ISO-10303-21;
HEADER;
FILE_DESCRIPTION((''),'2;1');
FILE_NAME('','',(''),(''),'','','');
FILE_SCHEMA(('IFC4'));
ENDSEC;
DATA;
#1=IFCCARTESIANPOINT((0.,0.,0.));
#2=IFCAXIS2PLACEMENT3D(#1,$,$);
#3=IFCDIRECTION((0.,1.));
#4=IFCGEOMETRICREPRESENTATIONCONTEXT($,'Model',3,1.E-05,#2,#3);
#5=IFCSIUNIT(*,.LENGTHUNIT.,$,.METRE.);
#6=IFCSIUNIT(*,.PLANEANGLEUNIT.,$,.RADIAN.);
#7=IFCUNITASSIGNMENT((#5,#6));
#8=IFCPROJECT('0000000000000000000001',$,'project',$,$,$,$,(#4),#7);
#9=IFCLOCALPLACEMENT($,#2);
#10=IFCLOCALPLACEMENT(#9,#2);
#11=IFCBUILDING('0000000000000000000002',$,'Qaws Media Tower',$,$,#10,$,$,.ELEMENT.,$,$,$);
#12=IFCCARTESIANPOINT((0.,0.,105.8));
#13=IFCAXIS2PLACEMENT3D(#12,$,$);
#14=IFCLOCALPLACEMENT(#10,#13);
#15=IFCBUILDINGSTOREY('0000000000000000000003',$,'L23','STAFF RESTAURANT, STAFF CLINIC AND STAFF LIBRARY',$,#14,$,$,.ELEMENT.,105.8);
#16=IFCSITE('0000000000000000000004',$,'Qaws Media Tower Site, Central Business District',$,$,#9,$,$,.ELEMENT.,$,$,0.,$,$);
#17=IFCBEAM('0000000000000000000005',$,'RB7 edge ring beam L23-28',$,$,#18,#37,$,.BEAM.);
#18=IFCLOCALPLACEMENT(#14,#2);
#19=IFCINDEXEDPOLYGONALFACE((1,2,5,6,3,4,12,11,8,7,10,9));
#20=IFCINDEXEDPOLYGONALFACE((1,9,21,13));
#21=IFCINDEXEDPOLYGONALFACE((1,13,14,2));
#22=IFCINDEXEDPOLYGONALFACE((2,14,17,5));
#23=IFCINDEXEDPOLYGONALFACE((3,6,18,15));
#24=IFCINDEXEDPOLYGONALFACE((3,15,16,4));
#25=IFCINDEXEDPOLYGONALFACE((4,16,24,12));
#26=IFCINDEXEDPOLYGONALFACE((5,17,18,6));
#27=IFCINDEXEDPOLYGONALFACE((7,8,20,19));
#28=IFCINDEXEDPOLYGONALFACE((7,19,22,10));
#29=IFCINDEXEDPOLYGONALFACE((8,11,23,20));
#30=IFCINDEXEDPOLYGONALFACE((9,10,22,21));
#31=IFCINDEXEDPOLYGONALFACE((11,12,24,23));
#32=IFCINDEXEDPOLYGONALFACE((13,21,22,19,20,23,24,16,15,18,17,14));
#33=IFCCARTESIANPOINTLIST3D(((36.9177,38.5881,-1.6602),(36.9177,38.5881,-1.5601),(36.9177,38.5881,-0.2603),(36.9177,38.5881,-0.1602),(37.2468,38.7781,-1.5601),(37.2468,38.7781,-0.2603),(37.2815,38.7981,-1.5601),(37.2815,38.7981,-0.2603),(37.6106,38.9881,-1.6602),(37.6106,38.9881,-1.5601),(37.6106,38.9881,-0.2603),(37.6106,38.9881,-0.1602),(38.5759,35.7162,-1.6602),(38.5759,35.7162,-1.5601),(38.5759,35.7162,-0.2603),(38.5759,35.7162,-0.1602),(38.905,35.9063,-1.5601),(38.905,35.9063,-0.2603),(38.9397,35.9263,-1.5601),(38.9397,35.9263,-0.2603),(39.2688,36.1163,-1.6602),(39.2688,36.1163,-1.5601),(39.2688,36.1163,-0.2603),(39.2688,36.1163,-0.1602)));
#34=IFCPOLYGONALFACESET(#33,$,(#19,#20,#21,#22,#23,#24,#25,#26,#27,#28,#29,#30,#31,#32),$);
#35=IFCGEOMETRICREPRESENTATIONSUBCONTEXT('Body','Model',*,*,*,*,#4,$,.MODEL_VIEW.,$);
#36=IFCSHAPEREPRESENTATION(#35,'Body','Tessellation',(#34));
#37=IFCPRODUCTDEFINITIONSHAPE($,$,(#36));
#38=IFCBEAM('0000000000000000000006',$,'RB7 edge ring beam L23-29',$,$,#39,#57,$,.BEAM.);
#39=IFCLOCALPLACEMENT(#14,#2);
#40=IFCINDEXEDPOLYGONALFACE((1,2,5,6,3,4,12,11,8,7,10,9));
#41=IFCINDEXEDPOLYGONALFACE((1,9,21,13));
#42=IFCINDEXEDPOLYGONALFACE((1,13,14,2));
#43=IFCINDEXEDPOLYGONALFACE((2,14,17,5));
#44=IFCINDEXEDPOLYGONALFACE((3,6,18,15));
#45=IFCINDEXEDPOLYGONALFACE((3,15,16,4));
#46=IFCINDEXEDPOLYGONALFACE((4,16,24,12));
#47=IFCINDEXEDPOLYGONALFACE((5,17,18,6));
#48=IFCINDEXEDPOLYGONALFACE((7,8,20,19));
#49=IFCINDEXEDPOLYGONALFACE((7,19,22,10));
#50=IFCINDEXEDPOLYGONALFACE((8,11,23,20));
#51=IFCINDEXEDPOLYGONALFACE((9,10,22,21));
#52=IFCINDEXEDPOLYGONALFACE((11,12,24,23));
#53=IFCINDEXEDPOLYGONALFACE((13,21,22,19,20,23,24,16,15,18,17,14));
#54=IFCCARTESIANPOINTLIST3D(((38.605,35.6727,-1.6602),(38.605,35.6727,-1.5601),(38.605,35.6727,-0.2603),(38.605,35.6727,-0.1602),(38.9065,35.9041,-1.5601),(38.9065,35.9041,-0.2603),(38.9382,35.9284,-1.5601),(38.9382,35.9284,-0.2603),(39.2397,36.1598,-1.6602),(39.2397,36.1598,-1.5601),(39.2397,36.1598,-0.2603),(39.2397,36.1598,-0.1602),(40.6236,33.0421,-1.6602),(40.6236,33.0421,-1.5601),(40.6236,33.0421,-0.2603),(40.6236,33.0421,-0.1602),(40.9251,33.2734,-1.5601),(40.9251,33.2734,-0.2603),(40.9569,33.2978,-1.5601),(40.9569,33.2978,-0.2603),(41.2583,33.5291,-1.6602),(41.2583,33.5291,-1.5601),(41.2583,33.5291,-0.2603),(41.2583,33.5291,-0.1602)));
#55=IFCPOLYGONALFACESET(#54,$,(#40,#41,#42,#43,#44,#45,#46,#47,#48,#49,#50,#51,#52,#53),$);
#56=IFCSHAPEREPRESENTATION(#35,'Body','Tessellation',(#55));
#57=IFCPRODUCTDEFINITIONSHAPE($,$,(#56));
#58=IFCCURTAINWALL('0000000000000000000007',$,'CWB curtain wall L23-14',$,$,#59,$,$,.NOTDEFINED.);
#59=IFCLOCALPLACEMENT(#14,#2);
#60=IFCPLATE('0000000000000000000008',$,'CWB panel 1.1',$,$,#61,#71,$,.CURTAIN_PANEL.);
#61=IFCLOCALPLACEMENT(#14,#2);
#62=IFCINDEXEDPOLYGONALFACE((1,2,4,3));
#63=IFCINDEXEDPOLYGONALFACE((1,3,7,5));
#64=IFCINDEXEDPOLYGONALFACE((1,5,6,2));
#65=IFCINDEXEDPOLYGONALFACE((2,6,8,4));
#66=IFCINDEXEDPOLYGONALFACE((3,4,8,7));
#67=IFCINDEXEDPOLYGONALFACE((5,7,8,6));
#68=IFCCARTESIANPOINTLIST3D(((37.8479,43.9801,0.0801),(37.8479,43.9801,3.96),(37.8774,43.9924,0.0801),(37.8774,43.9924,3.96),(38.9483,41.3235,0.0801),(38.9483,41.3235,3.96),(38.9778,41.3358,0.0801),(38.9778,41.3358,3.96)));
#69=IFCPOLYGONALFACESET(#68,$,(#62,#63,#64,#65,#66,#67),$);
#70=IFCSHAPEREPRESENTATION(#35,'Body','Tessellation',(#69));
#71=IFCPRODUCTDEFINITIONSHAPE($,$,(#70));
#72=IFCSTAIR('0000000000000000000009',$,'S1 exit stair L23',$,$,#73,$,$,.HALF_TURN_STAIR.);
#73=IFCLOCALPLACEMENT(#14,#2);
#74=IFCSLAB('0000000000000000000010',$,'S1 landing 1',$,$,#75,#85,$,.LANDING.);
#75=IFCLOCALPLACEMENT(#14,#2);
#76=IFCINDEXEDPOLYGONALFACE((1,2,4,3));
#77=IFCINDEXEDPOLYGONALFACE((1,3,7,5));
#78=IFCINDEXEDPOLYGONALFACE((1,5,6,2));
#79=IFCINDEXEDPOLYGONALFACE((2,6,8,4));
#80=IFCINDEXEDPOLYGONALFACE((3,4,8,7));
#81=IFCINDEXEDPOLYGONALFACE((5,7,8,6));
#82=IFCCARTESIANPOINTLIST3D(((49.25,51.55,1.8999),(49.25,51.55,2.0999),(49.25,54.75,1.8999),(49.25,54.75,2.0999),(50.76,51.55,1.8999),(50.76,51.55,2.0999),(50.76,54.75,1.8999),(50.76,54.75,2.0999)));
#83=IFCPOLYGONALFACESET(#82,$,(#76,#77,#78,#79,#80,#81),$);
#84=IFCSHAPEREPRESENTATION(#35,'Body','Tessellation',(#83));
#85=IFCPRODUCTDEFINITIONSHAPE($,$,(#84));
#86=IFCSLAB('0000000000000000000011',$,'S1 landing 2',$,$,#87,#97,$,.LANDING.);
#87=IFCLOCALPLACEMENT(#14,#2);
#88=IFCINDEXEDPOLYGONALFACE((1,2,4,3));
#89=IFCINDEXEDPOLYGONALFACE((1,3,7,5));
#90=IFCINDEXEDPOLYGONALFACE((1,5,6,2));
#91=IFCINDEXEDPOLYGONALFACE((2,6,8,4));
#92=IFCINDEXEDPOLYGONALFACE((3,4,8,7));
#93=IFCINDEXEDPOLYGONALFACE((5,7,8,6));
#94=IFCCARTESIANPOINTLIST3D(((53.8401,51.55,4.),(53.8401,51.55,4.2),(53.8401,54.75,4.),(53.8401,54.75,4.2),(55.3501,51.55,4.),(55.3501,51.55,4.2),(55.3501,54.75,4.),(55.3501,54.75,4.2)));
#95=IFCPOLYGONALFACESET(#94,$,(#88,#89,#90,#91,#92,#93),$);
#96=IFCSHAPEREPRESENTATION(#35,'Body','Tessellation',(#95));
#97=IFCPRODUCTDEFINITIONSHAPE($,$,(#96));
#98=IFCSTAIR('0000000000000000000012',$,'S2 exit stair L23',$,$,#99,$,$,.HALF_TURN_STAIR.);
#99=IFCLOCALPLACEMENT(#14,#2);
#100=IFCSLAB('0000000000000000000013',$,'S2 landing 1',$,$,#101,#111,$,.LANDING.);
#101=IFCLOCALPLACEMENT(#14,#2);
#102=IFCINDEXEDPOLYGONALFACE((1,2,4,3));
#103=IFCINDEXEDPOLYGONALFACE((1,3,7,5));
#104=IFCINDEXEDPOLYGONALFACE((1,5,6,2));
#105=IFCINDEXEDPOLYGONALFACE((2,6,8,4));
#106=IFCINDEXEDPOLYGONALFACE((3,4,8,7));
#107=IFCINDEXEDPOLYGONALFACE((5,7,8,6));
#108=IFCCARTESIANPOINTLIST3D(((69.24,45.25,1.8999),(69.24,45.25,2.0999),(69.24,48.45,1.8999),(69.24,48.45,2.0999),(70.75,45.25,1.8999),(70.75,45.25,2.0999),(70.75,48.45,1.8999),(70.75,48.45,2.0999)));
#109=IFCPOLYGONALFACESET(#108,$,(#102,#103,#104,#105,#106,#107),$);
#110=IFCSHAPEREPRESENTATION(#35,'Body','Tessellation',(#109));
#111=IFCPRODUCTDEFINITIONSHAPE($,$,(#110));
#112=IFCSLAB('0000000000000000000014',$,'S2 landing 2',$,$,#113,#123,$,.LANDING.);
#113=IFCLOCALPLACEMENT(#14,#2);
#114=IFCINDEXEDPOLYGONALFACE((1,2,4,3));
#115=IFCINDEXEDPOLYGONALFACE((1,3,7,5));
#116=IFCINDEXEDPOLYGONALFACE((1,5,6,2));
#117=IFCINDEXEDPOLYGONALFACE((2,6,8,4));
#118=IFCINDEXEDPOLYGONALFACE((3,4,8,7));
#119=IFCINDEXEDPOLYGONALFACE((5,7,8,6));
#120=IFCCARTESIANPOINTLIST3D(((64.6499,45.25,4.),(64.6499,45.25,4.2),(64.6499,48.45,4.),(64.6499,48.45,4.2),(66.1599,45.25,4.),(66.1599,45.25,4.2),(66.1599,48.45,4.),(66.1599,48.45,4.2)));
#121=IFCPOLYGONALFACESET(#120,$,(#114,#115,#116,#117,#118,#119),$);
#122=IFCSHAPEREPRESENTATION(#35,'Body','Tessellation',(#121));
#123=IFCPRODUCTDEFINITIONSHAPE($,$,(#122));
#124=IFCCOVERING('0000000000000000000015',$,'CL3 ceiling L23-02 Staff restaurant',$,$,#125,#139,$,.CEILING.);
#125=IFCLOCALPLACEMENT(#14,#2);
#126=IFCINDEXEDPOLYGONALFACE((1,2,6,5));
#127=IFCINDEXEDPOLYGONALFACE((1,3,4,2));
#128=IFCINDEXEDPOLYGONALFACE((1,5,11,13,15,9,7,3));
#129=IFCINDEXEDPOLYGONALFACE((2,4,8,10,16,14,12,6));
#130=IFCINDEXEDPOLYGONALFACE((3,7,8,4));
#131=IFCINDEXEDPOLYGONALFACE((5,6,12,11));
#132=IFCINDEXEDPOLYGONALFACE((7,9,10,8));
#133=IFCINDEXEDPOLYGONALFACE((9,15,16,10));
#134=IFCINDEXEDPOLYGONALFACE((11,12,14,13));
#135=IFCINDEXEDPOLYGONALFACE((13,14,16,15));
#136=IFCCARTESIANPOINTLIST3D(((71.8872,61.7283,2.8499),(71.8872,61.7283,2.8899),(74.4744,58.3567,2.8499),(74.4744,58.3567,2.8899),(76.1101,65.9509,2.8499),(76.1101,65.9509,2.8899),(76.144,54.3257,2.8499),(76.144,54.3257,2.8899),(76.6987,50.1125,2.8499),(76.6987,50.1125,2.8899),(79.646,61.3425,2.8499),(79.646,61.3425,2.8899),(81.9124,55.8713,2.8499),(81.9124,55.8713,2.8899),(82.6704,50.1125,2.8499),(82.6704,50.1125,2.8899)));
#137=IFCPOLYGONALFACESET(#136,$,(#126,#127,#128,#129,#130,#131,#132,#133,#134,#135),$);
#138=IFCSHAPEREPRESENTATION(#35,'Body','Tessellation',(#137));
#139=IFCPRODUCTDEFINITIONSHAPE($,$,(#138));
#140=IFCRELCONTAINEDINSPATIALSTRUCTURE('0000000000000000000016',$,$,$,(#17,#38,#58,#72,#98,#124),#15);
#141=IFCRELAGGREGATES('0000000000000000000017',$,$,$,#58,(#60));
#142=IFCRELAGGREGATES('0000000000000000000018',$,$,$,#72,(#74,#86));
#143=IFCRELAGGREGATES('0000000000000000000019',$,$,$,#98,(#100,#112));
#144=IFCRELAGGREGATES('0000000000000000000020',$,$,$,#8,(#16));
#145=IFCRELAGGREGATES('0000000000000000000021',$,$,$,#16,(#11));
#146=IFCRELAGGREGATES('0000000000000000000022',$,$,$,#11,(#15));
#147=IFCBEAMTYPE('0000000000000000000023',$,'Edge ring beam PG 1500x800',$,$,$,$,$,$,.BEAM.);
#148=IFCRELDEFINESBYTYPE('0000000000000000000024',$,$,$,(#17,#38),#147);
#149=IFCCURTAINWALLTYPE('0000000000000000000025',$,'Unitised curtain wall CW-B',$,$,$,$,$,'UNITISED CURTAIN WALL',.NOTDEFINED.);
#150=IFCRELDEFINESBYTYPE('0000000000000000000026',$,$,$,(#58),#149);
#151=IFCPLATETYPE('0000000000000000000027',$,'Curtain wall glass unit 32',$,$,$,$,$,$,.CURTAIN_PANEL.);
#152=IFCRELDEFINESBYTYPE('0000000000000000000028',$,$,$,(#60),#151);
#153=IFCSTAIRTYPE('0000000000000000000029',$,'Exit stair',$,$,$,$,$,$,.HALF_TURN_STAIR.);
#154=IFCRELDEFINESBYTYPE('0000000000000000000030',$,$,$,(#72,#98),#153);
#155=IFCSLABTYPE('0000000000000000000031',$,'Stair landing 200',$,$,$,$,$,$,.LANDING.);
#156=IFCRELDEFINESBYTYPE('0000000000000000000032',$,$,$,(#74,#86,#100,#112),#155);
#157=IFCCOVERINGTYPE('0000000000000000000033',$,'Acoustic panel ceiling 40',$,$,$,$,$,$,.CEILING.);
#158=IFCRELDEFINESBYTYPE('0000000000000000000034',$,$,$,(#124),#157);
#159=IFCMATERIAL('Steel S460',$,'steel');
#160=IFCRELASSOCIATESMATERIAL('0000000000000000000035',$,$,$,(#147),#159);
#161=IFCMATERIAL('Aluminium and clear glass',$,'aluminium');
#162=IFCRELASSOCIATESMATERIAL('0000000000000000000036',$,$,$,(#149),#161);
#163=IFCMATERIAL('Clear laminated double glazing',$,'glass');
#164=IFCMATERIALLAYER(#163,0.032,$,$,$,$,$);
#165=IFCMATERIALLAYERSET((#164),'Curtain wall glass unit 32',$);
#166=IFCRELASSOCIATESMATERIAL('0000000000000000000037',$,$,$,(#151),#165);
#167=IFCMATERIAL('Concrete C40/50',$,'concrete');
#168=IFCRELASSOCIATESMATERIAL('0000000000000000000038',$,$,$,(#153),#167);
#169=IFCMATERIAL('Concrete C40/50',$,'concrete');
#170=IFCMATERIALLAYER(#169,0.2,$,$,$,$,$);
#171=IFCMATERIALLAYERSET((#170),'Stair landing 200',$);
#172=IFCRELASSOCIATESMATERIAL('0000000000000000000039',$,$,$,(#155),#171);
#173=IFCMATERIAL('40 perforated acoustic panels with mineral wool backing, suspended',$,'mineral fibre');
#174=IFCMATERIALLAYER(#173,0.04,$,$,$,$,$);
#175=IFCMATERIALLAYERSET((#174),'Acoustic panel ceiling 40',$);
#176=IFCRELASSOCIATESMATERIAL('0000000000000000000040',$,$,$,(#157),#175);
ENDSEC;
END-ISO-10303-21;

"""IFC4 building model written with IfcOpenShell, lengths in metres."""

from ifc_helpers import new_model, si_unit, direction, frame, origin, origin_2d, place, context, subcontext, project, spatial, polyline, rectangle, i_section, outline, extrude, material, layer, layer_set, material_profile, profile_set, type_object, element, aggregate, save


model = new_model("IFC4")

# Units and contexts
model_context = context("Model", 3, precision=1e-05, world=origin(), true_north=direction((0.0, 1.0)))
body_context = subcontext(model_context, "Body", "Model", "MODEL_VIEW")
ifc_project = project(units=[si_unit("LENGTHUNIT", "METRE"), si_unit("PLANEANGLEUNIT", "RADIAN")], contexts=[model_context])

# Site, building, storey
site_placement = place(None, origin())
site = spatial("IfcSite", under=ifc_project, at=site_placement, Name="Qaws Media Tower Site, Central Business District", CompositionType="ELEMENT", RefElevation=0.0)
building_placement = place(site_placement, origin())
building = spatial("IfcBuilding", under=site, at=building_placement, Name="Qaws Media Tower", CompositionType="ELEMENT")
storey_placement = place(building_placement, frame((0.0, 0.0, 105.8)))
storey = spatial("IfcBuildingStorey", under=building, at=storey_placement, Name="L23", Description="STAFF RESTAURANT, STAFF CLINIC AND STAFF LIBRARY", CompositionType="ELEMENT", Elevation=105.8)

# Beams
ifc_material_1 = material(Name="Steel S460", Category="steel")
ifc_material_profile_1 = material_profile(ifc_material_1, i_section(OverallWidth=0.8, OverallDepth=1.5, WebThickness=0.04, FlangeThickness=0.1001, at=origin_2d()), Name="PG 1500x800")
ifc_profile_set_1 = profile_set([ifc_material_profile_1], Name="Steel S460")
beam_type = type_object("IfcBeamType", Name="Edge ring beam PG 1500x800", PredefinedType="BEAM", material=ifc_profile_set_1)
beam_1_placement = place(storey_placement, frame((37.2642, 38.7881, -0.9102), z_axis=(0.500035, -0.866005, 0.0), x_axis=(0.866005, 0.500035, 0.0)))
element("IfcBeam", 1, at=beam_1_placement, inside=storey, type_object=beam_type, Name="RB7 edge ring beam L23-28", PredefinedType="BEAM", context=body_context, shape_type="SweptSolid", body=[
    extrude(i_section(OverallWidth=0.8, OverallDepth=1.5, WebThickness=0.04, FlangeThickness=0.1001, at=origin_2d()), origin(), (0.0, 0.0, 1.0), 3.3162),
])
beam_2_placement = place(storey_placement, frame((38.9224, 35.9163, -0.9102), z_axis=(0.608764, -0.793352, 0.0), x_axis=(0.793352, 0.608764, 0.0)))
element("IfcBeam", 2, at=beam_2_placement, inside=storey, type_object=beam_type, Name="RB7 edge ring beam L23-29", PredefinedType="BEAM", context=body_context, shape_type="SweptSolid", body=[
    extrude(i_section(OverallWidth=0.8, OverallDepth=1.5, WebThickness=0.04, FlangeThickness=0.1001, at=origin_2d()), origin(), (0.0, 0.0, 1.0), 3.3159),
])

# Curtain wall, plate
ifc_material_2 = material(Name="Aluminium and clear glass", Category="aluminium")
curtain_wall_type = type_object("IfcCurtainWallType", Name="Unitised curtain wall CW-B", ElementType="UNITISED CURTAIN WALL", PredefinedType="NOTDEFINED", material=ifc_material_2)
curtain_wall_placement = place(storey_placement, origin())
curtain_wall = element("IfcCurtainWall", 3, at=curtain_wall_placement, inside=storey, type_object=curtain_wall_type, Name="CWB curtain wall L23-14", PredefinedType="NOTDEFINED")
ifc_material_3 = material(Name="Clear laminated double glazing", Category="glass")
ifc_layer_1 = layer(ifc_material_3, 0.032)
ifc_layer_set_1 = layer_set([ifc_layer_1], Name="Curtain wall glass unit 32")
plate_type = type_object("IfcPlateType", Name="Curtain wall glass unit 32", PredefinedType="CURTAIN_PANEL", material=ifc_layer_set_1)
plate_placement = place(storey_placement, frame((38.4128, 42.658, 0.0801), z_axis=(0.0, 0.0, 1.0), x_axis=(0.382683, -0.92388, 0.0)))
plate = element("IfcPlate", 4, at=plate_placement, type_object=plate_type, Name="CWB panel 1.1", PredefinedType="CURTAIN_PANEL", context=body_context, shape_type="SweptSolid", body=[
    extrude(rectangle(XDim=2.8755, YDim=0.032, at=origin_2d()), origin(), (0.0, 0.0, 1.0), 3.8799),
])
aggregate(curtain_wall, [plate])

# Stairs, slabs
ifc_material_4 = material(Name="Concrete C40/50", Category="concrete")
stair_type = type_object("IfcStairType", Name="Exit stair", PredefinedType="HALF_TURN_STAIR", material=ifc_material_4)
stair_1_placement = place(storey_placement, origin())
stair_1 = element("IfcStair", 5, at=stair_1_placement, inside=storey, type_object=stair_type, Name="S1 exit stair L23", PredefinedType="HALF_TURN_STAIR")
ifc_material_5 = material(Name="Concrete C40/50", Category="concrete")
ifc_layer_2 = layer(ifc_material_5, 0.2)
ifc_layer_set_2 = layer_set([ifc_layer_2], Name="Stair landing 200")
slab_type = type_object("IfcSlabType", Name="Stair landing 200", PredefinedType="LANDING", material=ifc_layer_set_2)
slab_1_placement = place(storey_placement, frame((0.0, 0.0, 1.8999)))
slab_1 = element("IfcSlab", 6, at=slab_1_placement, type_object=slab_type, Name="S1 landing 1", PredefinedType="LANDING", context=body_context, shape_type="SweptSolid", body=[
    extrude(outline(polyline([(49.25, 51.55), (50.76, 51.55), (50.76, 54.75), (49.25, 54.75), (49.25, 51.55)])), origin(), (0.0, 0.0, 1.0), 0.2),
])
slab_2_placement = place(storey_placement, frame((0.0, 0.0, 4.0)))
slab_2 = element("IfcSlab", 7, at=slab_2_placement, type_object=slab_type, Name="S1 landing 2", PredefinedType="LANDING", context=body_context, shape_type="SweptSolid", body=[
    extrude(outline(polyline([(53.8401, 51.55), (55.3501, 51.55), (55.3501, 54.75), (53.8401, 54.75), (53.8401, 51.55)])), origin(), (0.0, 0.0, 1.0), 0.2),
])
aggregate(stair_1, [slab_1, slab_2])
stair_2_placement = place(storey_placement, origin())
stair_2 = element("IfcStair", 8, at=stair_2_placement, inside=storey, type_object=stair_type, Name="S2 exit stair L23", PredefinedType="HALF_TURN_STAIR")
slab_3_placement = place(storey_placement, frame((0.0, 0.0, 1.8999)))
slab_3 = element("IfcSlab", 9, at=slab_3_placement, type_object=slab_type, Name="S2 landing 1", PredefinedType="LANDING", context=body_context, shape_type="SweptSolid", body=[
    extrude(outline(polyline([(69.24, 45.25), (70.75, 45.25), (70.75, 48.45), (69.24, 48.45), (69.24, 45.25)])), origin(), (0.0, 0.0, 1.0), 0.2),
])
slab_4_placement = place(storey_placement, frame((0.0, 0.0, 4.0)))
slab_4 = element("IfcSlab", 10, at=slab_4_placement, type_object=slab_type, Name="S2 landing 2", PredefinedType="LANDING", context=body_context, shape_type="SweptSolid", body=[
    extrude(outline(polyline([(64.6499, 45.25), (66.1599, 45.25), (66.1599, 48.45), (64.6499, 48.45), (64.6499, 45.25)])), origin(), (0.0, 0.0, 1.0), 0.2),
])
aggregate(stair_2, [slab_3, slab_4])

# Covering
ifc_material_6 = material(Name="40 perforated acoustic panels with mineral wool backing, suspended", Category="mineral fibre")
ifc_layer_3 = layer(ifc_material_6, 0.04)
ifc_layer_set_3 = layer_set([ifc_layer_3], Name="Acoustic panel ceiling 40")
covering_type_1 = type_object("IfcCoveringType", Name="Acoustic panel ceiling 40", PredefinedType="CEILING", material=ifc_layer_set_3)
covering_1_placement = place(storey_placement, frame((0.0, 0.0, 2.8499)))
element("IfcCovering", 11, at=covering_1_placement, inside=storey, type_object=covering_type_1, Name="CL3 ceiling L23-02 Staff restaurant", PredefinedType="CEILING", context=body_context, shape_type="SweptSolid", body=[
    extrude(outline(polyline([(79.646, 61.3425), (81.9124, 55.8713), (82.6704, 50.1125), (76.6987, 50.1125), (76.144, 54.3257), (74.4744, 58.3567), (71.8872, 61.7283), (76.1101, 65.9509), (79.646, 61.3425)])), origin(), (0.0, 0.0, 1.0), 0.04),
])

save(model, "model.ifc")
